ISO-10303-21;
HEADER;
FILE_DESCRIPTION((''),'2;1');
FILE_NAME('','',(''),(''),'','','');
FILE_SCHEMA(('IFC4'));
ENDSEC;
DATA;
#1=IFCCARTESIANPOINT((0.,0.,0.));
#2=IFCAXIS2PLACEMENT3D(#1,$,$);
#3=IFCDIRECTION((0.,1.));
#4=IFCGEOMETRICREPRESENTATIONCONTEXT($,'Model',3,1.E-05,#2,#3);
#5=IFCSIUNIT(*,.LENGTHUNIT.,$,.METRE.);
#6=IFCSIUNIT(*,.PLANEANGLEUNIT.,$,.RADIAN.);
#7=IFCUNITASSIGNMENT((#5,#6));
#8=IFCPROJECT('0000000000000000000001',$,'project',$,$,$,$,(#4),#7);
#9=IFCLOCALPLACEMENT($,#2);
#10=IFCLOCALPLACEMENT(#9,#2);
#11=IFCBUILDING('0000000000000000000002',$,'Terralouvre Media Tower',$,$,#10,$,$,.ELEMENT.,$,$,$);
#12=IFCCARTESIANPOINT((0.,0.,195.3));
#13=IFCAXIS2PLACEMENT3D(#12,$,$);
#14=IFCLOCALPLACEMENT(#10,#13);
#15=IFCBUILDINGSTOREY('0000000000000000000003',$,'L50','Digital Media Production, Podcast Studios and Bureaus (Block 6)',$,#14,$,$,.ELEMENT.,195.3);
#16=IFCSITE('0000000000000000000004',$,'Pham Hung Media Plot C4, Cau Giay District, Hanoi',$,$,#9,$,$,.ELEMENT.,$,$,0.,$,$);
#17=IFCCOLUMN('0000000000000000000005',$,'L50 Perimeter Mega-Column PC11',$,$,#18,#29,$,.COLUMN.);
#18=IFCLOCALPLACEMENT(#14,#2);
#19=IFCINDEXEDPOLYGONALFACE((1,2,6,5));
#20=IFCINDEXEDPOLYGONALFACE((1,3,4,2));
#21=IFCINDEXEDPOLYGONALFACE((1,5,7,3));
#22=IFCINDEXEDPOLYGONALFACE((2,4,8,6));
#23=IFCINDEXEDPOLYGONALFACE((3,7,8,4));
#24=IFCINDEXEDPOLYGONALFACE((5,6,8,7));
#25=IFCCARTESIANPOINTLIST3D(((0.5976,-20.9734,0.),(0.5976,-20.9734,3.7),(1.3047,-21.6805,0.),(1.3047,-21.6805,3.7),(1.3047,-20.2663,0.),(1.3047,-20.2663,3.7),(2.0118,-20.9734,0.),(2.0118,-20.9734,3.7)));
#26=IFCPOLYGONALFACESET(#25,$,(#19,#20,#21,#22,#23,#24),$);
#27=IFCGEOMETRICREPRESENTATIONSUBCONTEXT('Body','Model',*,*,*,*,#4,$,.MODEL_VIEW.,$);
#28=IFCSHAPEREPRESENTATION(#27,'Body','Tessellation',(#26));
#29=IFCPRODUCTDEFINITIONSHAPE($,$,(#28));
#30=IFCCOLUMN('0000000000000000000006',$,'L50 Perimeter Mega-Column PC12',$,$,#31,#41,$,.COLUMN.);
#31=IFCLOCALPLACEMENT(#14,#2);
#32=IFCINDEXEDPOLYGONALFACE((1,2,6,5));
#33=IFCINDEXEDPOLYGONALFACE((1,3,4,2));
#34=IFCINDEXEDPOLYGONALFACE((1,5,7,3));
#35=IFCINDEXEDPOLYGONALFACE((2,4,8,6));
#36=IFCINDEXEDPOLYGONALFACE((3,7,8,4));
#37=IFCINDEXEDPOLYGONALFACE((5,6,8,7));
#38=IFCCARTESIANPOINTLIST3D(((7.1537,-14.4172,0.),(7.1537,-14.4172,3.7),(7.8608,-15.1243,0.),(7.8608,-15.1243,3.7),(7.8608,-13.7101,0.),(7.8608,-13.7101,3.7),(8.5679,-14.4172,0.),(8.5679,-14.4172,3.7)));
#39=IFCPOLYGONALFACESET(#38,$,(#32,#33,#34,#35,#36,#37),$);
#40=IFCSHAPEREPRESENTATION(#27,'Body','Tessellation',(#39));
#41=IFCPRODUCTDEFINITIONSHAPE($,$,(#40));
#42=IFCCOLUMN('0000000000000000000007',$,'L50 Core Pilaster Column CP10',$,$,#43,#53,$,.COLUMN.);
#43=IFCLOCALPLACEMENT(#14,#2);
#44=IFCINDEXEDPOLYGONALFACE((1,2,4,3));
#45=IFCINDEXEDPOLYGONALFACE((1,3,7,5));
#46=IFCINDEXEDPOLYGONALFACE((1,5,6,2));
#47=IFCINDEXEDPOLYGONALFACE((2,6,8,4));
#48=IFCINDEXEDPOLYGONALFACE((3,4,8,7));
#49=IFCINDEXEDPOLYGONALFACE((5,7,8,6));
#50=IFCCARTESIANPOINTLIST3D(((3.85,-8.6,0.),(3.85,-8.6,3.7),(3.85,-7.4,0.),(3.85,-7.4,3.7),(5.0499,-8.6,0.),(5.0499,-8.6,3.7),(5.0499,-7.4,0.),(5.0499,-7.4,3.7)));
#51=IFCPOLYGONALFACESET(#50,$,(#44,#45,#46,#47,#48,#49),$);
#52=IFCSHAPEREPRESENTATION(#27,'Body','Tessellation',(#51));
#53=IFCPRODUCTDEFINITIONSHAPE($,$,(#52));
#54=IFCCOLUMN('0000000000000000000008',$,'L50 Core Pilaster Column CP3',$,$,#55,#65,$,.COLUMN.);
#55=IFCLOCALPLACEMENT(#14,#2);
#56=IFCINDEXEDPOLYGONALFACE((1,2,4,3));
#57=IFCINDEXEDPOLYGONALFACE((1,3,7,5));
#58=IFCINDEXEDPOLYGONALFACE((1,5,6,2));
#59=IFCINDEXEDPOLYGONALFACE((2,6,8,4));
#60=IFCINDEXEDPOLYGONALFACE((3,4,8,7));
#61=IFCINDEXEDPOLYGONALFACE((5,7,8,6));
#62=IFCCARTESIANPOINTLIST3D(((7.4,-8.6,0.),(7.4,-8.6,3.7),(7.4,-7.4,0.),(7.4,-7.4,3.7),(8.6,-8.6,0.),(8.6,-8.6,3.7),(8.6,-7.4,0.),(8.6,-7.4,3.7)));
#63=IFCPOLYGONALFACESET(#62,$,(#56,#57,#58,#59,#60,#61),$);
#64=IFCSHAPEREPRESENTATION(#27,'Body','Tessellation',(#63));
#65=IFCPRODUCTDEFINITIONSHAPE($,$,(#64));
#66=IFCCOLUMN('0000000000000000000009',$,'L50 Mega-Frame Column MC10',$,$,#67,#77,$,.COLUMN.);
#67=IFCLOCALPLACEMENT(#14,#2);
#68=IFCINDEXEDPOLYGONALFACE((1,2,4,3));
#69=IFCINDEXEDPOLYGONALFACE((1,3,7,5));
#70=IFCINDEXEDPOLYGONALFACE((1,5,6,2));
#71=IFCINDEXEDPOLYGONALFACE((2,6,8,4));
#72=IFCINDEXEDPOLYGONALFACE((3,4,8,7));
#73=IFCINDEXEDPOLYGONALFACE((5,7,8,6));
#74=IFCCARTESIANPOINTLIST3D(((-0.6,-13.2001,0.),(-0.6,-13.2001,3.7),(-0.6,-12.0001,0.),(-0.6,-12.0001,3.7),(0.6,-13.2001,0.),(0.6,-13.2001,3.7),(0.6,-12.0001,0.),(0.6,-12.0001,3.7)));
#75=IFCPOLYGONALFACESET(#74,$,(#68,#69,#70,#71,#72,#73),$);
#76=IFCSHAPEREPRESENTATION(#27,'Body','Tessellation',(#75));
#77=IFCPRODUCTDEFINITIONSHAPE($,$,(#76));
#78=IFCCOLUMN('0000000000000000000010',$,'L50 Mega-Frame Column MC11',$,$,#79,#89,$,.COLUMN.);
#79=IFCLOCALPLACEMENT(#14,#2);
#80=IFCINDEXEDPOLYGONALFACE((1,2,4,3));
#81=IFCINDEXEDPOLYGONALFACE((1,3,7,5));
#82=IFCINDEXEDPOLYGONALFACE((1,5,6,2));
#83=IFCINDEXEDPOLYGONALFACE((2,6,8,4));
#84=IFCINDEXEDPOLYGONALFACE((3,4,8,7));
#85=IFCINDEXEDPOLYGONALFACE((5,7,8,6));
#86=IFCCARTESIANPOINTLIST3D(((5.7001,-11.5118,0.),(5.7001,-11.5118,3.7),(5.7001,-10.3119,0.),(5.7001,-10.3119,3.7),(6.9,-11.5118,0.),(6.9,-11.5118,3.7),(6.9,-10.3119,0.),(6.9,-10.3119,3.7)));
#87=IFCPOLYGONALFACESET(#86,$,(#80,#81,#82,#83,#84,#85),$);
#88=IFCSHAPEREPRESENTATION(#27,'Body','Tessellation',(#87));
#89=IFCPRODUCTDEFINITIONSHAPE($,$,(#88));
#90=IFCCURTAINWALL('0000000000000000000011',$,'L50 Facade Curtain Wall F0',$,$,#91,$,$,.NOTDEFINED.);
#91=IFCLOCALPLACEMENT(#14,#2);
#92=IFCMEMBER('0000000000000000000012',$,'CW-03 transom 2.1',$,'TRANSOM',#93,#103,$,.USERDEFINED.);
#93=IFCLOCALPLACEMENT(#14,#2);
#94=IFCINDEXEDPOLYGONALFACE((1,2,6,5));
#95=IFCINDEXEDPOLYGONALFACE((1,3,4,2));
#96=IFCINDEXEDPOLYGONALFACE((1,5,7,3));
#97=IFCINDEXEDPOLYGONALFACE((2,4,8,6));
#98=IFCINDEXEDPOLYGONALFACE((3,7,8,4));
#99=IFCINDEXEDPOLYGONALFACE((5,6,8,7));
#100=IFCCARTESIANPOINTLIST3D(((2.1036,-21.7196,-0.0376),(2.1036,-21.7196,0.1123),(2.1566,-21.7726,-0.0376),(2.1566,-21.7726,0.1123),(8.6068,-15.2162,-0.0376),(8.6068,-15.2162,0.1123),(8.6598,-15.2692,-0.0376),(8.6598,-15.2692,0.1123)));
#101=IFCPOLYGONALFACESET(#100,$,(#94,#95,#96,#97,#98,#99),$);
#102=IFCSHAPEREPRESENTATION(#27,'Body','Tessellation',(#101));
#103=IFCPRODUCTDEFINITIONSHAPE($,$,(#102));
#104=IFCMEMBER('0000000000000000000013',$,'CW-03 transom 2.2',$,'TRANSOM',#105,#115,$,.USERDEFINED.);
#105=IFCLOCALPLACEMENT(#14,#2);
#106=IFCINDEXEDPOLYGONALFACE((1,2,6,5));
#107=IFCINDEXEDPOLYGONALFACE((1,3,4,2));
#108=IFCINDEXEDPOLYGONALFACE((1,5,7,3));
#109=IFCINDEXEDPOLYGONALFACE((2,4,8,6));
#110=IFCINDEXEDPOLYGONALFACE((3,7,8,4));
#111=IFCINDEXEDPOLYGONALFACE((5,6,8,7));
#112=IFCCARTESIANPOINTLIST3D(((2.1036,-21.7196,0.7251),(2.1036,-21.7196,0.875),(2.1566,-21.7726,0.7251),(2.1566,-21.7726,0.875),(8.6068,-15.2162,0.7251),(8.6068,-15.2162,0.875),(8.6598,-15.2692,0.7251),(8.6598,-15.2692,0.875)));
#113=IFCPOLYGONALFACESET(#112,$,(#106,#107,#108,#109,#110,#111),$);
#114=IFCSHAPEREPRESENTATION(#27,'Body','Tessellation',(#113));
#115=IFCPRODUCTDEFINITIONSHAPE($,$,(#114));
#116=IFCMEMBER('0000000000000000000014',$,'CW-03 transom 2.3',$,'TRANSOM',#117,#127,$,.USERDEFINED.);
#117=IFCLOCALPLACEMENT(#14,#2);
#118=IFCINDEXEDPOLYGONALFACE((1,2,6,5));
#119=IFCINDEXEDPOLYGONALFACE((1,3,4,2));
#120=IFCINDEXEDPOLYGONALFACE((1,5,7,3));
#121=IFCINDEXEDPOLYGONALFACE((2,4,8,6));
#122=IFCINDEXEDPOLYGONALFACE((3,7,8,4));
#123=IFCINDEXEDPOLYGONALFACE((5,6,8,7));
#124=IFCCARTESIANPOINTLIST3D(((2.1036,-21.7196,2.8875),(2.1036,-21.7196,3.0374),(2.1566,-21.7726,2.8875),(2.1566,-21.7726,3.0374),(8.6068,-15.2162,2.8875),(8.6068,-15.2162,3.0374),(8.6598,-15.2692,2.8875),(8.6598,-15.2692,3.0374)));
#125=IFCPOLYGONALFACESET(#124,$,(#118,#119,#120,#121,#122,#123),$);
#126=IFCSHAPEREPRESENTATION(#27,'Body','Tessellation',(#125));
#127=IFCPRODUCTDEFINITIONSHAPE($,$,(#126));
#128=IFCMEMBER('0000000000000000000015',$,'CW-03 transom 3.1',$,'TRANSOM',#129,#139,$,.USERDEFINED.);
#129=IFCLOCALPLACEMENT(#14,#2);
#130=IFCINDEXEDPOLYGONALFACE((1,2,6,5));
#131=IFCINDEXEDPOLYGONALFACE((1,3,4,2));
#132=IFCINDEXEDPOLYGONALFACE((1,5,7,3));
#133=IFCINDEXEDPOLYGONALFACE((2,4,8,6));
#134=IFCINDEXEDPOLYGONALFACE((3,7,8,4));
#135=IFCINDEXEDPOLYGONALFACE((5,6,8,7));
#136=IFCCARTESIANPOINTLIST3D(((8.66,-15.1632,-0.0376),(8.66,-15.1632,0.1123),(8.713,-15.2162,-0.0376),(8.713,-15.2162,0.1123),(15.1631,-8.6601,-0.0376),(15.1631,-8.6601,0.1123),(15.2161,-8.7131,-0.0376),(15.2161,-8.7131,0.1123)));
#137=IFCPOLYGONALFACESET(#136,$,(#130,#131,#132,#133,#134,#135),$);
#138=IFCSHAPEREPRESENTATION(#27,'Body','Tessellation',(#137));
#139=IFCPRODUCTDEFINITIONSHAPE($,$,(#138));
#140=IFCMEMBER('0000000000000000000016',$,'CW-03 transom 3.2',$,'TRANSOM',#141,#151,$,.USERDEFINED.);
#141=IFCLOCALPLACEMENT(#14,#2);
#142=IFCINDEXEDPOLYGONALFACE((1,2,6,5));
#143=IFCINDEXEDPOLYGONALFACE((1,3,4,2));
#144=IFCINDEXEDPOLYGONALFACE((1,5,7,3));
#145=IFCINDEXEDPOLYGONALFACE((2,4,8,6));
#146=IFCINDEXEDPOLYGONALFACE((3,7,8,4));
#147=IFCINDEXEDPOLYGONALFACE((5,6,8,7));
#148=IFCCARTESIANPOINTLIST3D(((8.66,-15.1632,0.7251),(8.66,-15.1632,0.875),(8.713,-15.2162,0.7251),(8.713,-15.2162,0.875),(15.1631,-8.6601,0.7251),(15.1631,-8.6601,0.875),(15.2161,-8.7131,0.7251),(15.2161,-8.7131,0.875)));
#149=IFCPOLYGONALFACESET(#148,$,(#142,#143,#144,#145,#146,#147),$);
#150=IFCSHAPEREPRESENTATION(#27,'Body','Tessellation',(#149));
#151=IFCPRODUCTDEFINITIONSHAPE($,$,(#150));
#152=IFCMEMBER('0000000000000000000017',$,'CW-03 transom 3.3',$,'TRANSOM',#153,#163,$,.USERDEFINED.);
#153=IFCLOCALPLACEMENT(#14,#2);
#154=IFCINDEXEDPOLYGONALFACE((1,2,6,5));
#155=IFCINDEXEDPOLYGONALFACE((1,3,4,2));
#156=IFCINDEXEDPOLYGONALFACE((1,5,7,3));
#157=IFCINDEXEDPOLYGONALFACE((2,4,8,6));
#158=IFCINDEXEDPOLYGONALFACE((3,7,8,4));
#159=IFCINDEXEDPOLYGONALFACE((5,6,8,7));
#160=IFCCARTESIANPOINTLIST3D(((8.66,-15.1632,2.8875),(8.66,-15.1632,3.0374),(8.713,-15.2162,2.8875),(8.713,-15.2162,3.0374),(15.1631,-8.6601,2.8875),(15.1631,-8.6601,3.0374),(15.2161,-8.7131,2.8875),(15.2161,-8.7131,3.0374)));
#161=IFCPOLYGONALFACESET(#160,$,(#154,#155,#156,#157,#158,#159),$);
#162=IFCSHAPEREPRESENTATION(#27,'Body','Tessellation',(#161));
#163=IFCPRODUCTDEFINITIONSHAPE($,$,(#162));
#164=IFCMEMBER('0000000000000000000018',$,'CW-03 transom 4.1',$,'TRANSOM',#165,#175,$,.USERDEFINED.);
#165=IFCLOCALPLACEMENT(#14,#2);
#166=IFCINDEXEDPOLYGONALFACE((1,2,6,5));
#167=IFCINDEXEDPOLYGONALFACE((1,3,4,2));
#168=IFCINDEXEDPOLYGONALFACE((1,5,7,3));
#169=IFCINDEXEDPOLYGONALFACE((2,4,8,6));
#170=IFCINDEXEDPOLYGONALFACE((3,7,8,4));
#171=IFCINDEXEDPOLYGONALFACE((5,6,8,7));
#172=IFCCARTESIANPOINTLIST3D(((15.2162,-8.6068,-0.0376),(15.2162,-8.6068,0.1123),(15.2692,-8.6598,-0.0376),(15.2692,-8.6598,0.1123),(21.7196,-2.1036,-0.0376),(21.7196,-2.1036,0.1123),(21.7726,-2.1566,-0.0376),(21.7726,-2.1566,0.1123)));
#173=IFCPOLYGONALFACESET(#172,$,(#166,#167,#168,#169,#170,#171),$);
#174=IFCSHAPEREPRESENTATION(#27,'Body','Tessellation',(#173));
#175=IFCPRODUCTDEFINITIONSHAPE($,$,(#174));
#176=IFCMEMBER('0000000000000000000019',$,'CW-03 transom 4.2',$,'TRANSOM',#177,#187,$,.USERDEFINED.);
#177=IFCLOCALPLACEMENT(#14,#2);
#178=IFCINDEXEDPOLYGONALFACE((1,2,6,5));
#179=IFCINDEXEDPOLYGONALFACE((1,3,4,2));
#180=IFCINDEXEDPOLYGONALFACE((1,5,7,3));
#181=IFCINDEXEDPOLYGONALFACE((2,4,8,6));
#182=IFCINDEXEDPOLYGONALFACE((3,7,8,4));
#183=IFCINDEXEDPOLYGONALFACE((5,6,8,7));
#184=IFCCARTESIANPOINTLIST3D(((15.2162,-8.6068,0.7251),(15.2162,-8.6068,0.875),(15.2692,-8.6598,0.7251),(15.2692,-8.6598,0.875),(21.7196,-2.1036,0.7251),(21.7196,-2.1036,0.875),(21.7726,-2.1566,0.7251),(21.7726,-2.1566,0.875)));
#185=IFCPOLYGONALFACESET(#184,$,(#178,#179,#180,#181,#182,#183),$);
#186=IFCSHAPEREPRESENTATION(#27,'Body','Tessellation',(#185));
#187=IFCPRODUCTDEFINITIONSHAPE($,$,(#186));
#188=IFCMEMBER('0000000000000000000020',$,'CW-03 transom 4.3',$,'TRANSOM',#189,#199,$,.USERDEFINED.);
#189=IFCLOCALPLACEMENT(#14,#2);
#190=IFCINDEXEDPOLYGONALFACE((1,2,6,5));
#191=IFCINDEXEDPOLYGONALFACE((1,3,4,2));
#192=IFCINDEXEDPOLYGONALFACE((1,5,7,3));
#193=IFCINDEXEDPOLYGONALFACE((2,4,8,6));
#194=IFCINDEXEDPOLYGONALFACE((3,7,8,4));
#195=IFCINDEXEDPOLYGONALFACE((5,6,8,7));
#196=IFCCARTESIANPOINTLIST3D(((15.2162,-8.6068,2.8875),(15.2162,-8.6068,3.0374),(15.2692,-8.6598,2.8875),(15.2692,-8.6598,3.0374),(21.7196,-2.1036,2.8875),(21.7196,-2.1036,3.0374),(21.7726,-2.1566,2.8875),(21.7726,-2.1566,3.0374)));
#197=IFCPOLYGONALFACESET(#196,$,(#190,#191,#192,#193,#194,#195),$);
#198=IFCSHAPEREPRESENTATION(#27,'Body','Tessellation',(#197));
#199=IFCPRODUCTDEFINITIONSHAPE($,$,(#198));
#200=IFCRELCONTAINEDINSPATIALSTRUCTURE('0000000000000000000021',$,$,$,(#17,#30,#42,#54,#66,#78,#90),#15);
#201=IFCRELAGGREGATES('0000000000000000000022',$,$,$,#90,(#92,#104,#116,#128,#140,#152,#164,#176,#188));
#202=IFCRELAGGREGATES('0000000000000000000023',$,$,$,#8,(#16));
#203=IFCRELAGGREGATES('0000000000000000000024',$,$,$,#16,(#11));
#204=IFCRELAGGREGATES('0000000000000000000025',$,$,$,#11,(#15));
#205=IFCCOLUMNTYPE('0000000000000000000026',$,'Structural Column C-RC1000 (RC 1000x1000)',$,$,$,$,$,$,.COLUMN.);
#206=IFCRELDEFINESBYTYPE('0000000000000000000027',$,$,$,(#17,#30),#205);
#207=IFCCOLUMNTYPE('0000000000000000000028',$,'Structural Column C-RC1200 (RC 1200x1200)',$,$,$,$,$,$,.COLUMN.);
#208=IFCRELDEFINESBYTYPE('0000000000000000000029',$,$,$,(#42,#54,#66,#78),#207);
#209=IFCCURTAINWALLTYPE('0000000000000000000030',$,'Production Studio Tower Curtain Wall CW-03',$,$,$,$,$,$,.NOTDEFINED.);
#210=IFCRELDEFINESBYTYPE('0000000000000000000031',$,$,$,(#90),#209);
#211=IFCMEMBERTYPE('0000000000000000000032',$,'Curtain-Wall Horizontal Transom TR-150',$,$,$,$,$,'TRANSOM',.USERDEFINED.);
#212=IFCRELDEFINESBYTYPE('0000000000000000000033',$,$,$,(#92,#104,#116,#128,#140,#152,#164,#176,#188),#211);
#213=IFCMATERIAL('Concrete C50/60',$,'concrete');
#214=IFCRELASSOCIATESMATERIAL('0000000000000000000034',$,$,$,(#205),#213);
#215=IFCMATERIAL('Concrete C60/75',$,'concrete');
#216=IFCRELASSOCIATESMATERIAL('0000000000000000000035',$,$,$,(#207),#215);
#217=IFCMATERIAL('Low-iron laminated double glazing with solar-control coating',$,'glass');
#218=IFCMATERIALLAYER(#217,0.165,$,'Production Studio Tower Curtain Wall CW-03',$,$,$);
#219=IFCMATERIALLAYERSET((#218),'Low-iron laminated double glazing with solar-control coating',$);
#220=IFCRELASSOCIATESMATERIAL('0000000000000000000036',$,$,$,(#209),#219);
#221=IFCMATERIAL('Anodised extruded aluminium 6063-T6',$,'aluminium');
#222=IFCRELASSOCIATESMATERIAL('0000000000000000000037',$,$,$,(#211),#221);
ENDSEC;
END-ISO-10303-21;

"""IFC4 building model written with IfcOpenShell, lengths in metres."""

from ifc_helpers import new_model, si_unit, direction, frame, origin, origin_2d, place, context, subcontext, project, spatial, rectangle, extrude, material, layer, layer_set, material_profile, profile_set, type_object, element, aggregate, save


model = new_model("IFC4")

# Units and contexts
model_context = context("Model", 3, precision=1e-05, world=origin(), true_north=direction((0.0, 1.0)))
body_context = subcontext(model_context, "Body", "Model", "MODEL_VIEW")
ifc_project = project(units=[si_unit("LENGTHUNIT", "METRE"), si_unit("PLANEANGLEUNIT", "RADIAN")], contexts=[model_context])

# Site, building, storey
site_placement = place(None, origin())
site = spatial("IfcSite", under=ifc_project, at=site_placement, Name="Pham Hung Media Plot C4, Cau Giay District, Hanoi", CompositionType="ELEMENT", RefElevation=0.0)
building_placement = place(site_placement, origin())
building = spatial("IfcBuilding", under=site, at=building_placement, Name="Terralouvre Media Tower", CompositionType="ELEMENT")
storey_placement = place(building_placement, frame((0.0, 0.0, 195.3)))
storey = spatial("IfcBuildingStorey", under=building, at=storey_placement, Name="L50", Description="Digital Media Production, Podcast Studios and Bureaus (Block 6)", CompositionType="ELEMENT", Elevation=195.3)

# Columns
ifc_material_1 = material(Name="Concrete C50/60", Category="concrete")
ifc_material_profile_1 = material_profile(ifc_material_1, rectangle(XDim=1.0, YDim=1.0, at=origin_2d()), Name="RC 1000x1000")
ifc_profile_set_1 = profile_set([ifc_material_profile_1], Name="Concrete C50/60")
column_type_1 = type_object("IfcColumnType", Name="Structural Column C-RC1000 (RC 1000x1000)", PredefinedType="COLUMN", material=ifc_profile_set_1)
for number, where, z_axis, x_axis, name in (
    (1, (1.3047, -20.9734, 0.0), (0.0, 0.0, 1.0), (0.707107, 0.707107, 0.0), "L50 Perimeter Mega-Column PC11"),
    (2, (7.8608, -14.4172, 0.0), (0.0, 0.0, 1.0), (0.707107, 0.707107, 0.0), "L50 Perimeter Mega-Column PC12"),
):
    element("IfcColumn", number, at=place(storey_placement, frame(where, z_axis=z_axis, x_axis=x_axis)), inside=storey, type_object=column_type_1, Name=name, PredefinedType="COLUMN", context=body_context, shape_type="SweptSolid", body=[
        extrude(rectangle(XDim=1.0, YDim=1.0, at=origin_2d()), origin(), (0.0, 0.0, 1.0), 3.7),
    ])
ifc_material_2 = material(Name="Concrete C60/75", Category="concrete")
ifc_material_profile_2 = material_profile(ifc_material_2, rectangle(XDim=1.2, YDim=1.2, at=origin_2d()), Name="RC 1200x1200")
ifc_profile_set_2 = profile_set([ifc_material_profile_2], Name="Concrete C60/75")
column_type_2 = type_object("IfcColumnType", Name="Structural Column C-RC1200 (RC 1200x1200)", PredefinedType="COLUMN", material=ifc_profile_set_2)
for number, where, z_axis, x_axis, name in (
    (3, (4.45, -8.0, 0.0), (0.0, 0.0, 1.0), (1.0, 0.0, 0.0), "L50 Core Pilaster Column CP10"),
    (4, (8.0, -8.0, 0.0), (0.0, 0.0, 1.0), (1.0, 0.0, 0.0), "L50 Core Pilaster Column CP3"),
    (5, (0.0, -12.6001, 0.0), (0.0, 0.0, 1.0), (1.0, 0.0, 0.0), "L50 Mega-Frame Column MC10"),
    (6, (6.3, -10.9119, 0.0), (0.0, 0.0, 1.0), (1.0, 0.0, 0.0), "L50 Mega-Frame Column MC11"),
):
    element("IfcColumn", number, at=place(storey_placement, frame(where, z_axis=z_axis, x_axis=x_axis)), inside=storey, type_object=column_type_2, Name=name, PredefinedType="COLUMN", context=body_context, shape_type="SweptSolid", body=[
        extrude(rectangle(XDim=1.2, YDim=1.2, at=origin_2d()), origin(), (0.0, 0.0, 1.0), 3.7),
    ])

# Curtain wall, members
ifc_material_3 = material(Name="Low-iron laminated double glazing with solar-control coating", Category="glass")
ifc_layer_1 = layer(ifc_material_3, 0.165, Name="Production Studio Tower Curtain Wall CW-03")
ifc_layer_set_1 = layer_set([ifc_layer_1], Name="Low-iron laminated double glazing with solar-control coating")
curtain_wall_type = type_object("IfcCurtainWallType", Name="Production Studio Tower Curtain Wall CW-03", PredefinedType="NOTDEFINED", material=ifc_layer_set_1)
curtain_wall_placement = place(storey_placement, origin())
curtain_wall = element("IfcCurtainWall", 7, at=curtain_wall_placement, inside=storey, type_object=curtain_wall_type, Name="L50 Facade Curtain Wall F0", PredefinedType="NOTDEFINED")
ifc_material_4 = material(Name="Anodised extruded aluminium 6063-T6", Category="aluminium")
ifc_material_profile_3 = material_profile(ifc_material_4, rectangle(XDim=0.075, YDim=0.1499, at=origin_2d()), Name="ALU 75x150")
ifc_profile_set_3 = profile_set([ifc_material_profile_3], Name="Anodised extruded aluminium 6063-T6")
member_type_1 = type_object("IfcMemberType", Name="Curtain-Wall Horizontal Transom TR-150", ElementType="TRANSOM", PredefinedType="USERDEFINED", material=ifc_profile_set_3)
member_1_placement = place(storey_placement, frame((2.1301, -21.7461, 0.0374), z_axis=(0.707094, 0.70712, 0.0), x_axis=(-0.70712, 0.707094, 0.0)))
member_1 = element("IfcMember", 8, at=member_1_placement, type_object=member_type_1, Name="CW-03 transom 2.1", ObjectType="TRANSOM", PredefinedType="USERDEFINED", context=body_context, shape_type="SweptSolid", body=[
    extrude(rectangle(XDim=0.075, YDim=0.1499, at=origin_2d()), origin(), (0.0, 0.0, 1.0), 9.197),
])
member_2_placement = place(storey_placement, frame((2.1301, -21.7461, 0.8), z_axis=(0.707094, 0.70712, 0.0), x_axis=(-0.70712, 0.707094, 0.0)))
member_2 = element("IfcMember", 9, at=member_2_placement, type_object=member_type_1, Name="CW-03 transom 2.2", ObjectType="TRANSOM", PredefinedType="USERDEFINED", context=body_context, shape_type="SweptSolid", body=[
    extrude(rectangle(XDim=0.075, YDim=0.1499, at=origin_2d()), origin(), (0.0, 0.0, 1.0), 9.197),
])
member_3_placement = place(storey_placement, frame((2.1301, -21.7461, 2.9624), z_axis=(0.707094, 0.70712, 0.0), x_axis=(-0.70712, 0.707094, 0.0)))
member_3 = element("IfcMember", 10, at=member_3_placement, type_object=member_type_1, Name="CW-03 transom 2.3", ObjectType="TRANSOM", PredefinedType="USERDEFINED", context=body_context, shape_type="SweptSolid", body=[
    extrude(rectangle(XDim=0.075, YDim=0.1499, at=origin_2d()), origin(), (0.0, 0.0, 1.0), 9.197),
])
member_4_placement = place(storey_placement, frame((8.6865, -15.1897, 0.0374), z_axis=(0.707107, 0.707107, 0.0), x_axis=(-0.707107, 0.707107, 0.0)))
member_4 = element("IfcMember", 11, at=member_4_placement, type_object=member_type_1, Name="CW-03 transom 3.1", ObjectType="TRANSOM", PredefinedType="USERDEFINED", context=body_context, shape_type="SweptSolid", body=[
    extrude(rectangle(XDim=0.075, YDim=0.1499, at=origin_2d()), origin(), (0.0, 0.0, 1.0), 9.1968),
])
member_5_placement = place(storey_placement, frame((8.6865, -15.1897, 0.8), z_axis=(0.707107, 0.707107, 0.0), x_axis=(-0.707107, 0.707107, 0.0)))
member_5 = element("IfcMember", 12, at=member_5_placement, type_object=member_type_1, Name="CW-03 transom 3.2", ObjectType="TRANSOM", PredefinedType="USERDEFINED", context=body_context, shape_type="SweptSolid", body=[
    extrude(rectangle(XDim=0.075, YDim=0.1499, at=origin_2d()), origin(), (0.0, 0.0, 1.0), 9.1968),
])
member_6_placement = place(storey_placement, frame((8.6865, -15.1897, 2.9624), z_axis=(0.707107, 0.707107, 0.0), x_axis=(-0.707107, 0.707107, 0.0)))
member_6 = element("IfcMember", 13, at=member_6_placement, type_object=member_type_1, Name="CW-03 transom 3.3", ObjectType="TRANSOM", PredefinedType="USERDEFINED", context=body_context, shape_type="SweptSolid", body=[
    extrude(rectangle(XDim=0.075, YDim=0.1499, at=origin_2d()), origin(), (0.0, 0.0, 1.0), 9.1968),
])
member_7_placement = place(storey_placement, frame((15.2427, -8.6333, 0.0374), z_axis=(0.70712, 0.707094, 0.0), x_axis=(-0.707094, 0.70712, 0.0)))
member_7 = element("IfcMember", 14, at=member_7_placement, type_object=member_type_1, Name="CW-03 transom 4.1", ObjectType="TRANSOM", PredefinedType="USERDEFINED", context=body_context, shape_type="SweptSolid", body=[
    extrude(rectangle(XDim=0.075, YDim=0.1499, at=origin_2d()), origin(), (0.0, 0.0, 1.0), 9.197),
])
member_8_placement = place(storey_placement, frame((15.2427, -8.6333, 0.8), z_axis=(0.70712, 0.707094, 0.0), x_axis=(-0.707094, 0.70712, 0.0)))
member_8 = element("IfcMember", 15, at=member_8_placement, type_object=member_type_1, Name="CW-03 transom 4.2", ObjectType="TRANSOM", PredefinedType="USERDEFINED", context=body_context, shape_type="SweptSolid", body=[
    extrude(rectangle(XDim=0.075, YDim=0.1499, at=origin_2d()), origin(), (0.0, 0.0, 1.0), 9.197),
])
member_9_placement = place(storey_placement, frame((15.2427, -8.6333, 2.9624), z_axis=(0.70712, 0.707094, 0.0), x_axis=(-0.707094, 0.70712, 0.0)))
member_9 = element("IfcMember", 16, at=member_9_placement, type_object=member_type_1, Name="CW-03 transom 4.3", ObjectType="TRANSOM", PredefinedType="USERDEFINED", context=body_context, shape_type="SweptSolid", body=[
    extrude(rectangle(XDim=0.075, YDim=0.1499, at=origin_2d()), origin(), (0.0, 0.0, 1.0), 9.197),
])

aggregate(curtain_wall, [member_1, member_2, member_3, member_4, member_5, member_6, member_7, member_8, member_9])

save(model, "model.ifc")
